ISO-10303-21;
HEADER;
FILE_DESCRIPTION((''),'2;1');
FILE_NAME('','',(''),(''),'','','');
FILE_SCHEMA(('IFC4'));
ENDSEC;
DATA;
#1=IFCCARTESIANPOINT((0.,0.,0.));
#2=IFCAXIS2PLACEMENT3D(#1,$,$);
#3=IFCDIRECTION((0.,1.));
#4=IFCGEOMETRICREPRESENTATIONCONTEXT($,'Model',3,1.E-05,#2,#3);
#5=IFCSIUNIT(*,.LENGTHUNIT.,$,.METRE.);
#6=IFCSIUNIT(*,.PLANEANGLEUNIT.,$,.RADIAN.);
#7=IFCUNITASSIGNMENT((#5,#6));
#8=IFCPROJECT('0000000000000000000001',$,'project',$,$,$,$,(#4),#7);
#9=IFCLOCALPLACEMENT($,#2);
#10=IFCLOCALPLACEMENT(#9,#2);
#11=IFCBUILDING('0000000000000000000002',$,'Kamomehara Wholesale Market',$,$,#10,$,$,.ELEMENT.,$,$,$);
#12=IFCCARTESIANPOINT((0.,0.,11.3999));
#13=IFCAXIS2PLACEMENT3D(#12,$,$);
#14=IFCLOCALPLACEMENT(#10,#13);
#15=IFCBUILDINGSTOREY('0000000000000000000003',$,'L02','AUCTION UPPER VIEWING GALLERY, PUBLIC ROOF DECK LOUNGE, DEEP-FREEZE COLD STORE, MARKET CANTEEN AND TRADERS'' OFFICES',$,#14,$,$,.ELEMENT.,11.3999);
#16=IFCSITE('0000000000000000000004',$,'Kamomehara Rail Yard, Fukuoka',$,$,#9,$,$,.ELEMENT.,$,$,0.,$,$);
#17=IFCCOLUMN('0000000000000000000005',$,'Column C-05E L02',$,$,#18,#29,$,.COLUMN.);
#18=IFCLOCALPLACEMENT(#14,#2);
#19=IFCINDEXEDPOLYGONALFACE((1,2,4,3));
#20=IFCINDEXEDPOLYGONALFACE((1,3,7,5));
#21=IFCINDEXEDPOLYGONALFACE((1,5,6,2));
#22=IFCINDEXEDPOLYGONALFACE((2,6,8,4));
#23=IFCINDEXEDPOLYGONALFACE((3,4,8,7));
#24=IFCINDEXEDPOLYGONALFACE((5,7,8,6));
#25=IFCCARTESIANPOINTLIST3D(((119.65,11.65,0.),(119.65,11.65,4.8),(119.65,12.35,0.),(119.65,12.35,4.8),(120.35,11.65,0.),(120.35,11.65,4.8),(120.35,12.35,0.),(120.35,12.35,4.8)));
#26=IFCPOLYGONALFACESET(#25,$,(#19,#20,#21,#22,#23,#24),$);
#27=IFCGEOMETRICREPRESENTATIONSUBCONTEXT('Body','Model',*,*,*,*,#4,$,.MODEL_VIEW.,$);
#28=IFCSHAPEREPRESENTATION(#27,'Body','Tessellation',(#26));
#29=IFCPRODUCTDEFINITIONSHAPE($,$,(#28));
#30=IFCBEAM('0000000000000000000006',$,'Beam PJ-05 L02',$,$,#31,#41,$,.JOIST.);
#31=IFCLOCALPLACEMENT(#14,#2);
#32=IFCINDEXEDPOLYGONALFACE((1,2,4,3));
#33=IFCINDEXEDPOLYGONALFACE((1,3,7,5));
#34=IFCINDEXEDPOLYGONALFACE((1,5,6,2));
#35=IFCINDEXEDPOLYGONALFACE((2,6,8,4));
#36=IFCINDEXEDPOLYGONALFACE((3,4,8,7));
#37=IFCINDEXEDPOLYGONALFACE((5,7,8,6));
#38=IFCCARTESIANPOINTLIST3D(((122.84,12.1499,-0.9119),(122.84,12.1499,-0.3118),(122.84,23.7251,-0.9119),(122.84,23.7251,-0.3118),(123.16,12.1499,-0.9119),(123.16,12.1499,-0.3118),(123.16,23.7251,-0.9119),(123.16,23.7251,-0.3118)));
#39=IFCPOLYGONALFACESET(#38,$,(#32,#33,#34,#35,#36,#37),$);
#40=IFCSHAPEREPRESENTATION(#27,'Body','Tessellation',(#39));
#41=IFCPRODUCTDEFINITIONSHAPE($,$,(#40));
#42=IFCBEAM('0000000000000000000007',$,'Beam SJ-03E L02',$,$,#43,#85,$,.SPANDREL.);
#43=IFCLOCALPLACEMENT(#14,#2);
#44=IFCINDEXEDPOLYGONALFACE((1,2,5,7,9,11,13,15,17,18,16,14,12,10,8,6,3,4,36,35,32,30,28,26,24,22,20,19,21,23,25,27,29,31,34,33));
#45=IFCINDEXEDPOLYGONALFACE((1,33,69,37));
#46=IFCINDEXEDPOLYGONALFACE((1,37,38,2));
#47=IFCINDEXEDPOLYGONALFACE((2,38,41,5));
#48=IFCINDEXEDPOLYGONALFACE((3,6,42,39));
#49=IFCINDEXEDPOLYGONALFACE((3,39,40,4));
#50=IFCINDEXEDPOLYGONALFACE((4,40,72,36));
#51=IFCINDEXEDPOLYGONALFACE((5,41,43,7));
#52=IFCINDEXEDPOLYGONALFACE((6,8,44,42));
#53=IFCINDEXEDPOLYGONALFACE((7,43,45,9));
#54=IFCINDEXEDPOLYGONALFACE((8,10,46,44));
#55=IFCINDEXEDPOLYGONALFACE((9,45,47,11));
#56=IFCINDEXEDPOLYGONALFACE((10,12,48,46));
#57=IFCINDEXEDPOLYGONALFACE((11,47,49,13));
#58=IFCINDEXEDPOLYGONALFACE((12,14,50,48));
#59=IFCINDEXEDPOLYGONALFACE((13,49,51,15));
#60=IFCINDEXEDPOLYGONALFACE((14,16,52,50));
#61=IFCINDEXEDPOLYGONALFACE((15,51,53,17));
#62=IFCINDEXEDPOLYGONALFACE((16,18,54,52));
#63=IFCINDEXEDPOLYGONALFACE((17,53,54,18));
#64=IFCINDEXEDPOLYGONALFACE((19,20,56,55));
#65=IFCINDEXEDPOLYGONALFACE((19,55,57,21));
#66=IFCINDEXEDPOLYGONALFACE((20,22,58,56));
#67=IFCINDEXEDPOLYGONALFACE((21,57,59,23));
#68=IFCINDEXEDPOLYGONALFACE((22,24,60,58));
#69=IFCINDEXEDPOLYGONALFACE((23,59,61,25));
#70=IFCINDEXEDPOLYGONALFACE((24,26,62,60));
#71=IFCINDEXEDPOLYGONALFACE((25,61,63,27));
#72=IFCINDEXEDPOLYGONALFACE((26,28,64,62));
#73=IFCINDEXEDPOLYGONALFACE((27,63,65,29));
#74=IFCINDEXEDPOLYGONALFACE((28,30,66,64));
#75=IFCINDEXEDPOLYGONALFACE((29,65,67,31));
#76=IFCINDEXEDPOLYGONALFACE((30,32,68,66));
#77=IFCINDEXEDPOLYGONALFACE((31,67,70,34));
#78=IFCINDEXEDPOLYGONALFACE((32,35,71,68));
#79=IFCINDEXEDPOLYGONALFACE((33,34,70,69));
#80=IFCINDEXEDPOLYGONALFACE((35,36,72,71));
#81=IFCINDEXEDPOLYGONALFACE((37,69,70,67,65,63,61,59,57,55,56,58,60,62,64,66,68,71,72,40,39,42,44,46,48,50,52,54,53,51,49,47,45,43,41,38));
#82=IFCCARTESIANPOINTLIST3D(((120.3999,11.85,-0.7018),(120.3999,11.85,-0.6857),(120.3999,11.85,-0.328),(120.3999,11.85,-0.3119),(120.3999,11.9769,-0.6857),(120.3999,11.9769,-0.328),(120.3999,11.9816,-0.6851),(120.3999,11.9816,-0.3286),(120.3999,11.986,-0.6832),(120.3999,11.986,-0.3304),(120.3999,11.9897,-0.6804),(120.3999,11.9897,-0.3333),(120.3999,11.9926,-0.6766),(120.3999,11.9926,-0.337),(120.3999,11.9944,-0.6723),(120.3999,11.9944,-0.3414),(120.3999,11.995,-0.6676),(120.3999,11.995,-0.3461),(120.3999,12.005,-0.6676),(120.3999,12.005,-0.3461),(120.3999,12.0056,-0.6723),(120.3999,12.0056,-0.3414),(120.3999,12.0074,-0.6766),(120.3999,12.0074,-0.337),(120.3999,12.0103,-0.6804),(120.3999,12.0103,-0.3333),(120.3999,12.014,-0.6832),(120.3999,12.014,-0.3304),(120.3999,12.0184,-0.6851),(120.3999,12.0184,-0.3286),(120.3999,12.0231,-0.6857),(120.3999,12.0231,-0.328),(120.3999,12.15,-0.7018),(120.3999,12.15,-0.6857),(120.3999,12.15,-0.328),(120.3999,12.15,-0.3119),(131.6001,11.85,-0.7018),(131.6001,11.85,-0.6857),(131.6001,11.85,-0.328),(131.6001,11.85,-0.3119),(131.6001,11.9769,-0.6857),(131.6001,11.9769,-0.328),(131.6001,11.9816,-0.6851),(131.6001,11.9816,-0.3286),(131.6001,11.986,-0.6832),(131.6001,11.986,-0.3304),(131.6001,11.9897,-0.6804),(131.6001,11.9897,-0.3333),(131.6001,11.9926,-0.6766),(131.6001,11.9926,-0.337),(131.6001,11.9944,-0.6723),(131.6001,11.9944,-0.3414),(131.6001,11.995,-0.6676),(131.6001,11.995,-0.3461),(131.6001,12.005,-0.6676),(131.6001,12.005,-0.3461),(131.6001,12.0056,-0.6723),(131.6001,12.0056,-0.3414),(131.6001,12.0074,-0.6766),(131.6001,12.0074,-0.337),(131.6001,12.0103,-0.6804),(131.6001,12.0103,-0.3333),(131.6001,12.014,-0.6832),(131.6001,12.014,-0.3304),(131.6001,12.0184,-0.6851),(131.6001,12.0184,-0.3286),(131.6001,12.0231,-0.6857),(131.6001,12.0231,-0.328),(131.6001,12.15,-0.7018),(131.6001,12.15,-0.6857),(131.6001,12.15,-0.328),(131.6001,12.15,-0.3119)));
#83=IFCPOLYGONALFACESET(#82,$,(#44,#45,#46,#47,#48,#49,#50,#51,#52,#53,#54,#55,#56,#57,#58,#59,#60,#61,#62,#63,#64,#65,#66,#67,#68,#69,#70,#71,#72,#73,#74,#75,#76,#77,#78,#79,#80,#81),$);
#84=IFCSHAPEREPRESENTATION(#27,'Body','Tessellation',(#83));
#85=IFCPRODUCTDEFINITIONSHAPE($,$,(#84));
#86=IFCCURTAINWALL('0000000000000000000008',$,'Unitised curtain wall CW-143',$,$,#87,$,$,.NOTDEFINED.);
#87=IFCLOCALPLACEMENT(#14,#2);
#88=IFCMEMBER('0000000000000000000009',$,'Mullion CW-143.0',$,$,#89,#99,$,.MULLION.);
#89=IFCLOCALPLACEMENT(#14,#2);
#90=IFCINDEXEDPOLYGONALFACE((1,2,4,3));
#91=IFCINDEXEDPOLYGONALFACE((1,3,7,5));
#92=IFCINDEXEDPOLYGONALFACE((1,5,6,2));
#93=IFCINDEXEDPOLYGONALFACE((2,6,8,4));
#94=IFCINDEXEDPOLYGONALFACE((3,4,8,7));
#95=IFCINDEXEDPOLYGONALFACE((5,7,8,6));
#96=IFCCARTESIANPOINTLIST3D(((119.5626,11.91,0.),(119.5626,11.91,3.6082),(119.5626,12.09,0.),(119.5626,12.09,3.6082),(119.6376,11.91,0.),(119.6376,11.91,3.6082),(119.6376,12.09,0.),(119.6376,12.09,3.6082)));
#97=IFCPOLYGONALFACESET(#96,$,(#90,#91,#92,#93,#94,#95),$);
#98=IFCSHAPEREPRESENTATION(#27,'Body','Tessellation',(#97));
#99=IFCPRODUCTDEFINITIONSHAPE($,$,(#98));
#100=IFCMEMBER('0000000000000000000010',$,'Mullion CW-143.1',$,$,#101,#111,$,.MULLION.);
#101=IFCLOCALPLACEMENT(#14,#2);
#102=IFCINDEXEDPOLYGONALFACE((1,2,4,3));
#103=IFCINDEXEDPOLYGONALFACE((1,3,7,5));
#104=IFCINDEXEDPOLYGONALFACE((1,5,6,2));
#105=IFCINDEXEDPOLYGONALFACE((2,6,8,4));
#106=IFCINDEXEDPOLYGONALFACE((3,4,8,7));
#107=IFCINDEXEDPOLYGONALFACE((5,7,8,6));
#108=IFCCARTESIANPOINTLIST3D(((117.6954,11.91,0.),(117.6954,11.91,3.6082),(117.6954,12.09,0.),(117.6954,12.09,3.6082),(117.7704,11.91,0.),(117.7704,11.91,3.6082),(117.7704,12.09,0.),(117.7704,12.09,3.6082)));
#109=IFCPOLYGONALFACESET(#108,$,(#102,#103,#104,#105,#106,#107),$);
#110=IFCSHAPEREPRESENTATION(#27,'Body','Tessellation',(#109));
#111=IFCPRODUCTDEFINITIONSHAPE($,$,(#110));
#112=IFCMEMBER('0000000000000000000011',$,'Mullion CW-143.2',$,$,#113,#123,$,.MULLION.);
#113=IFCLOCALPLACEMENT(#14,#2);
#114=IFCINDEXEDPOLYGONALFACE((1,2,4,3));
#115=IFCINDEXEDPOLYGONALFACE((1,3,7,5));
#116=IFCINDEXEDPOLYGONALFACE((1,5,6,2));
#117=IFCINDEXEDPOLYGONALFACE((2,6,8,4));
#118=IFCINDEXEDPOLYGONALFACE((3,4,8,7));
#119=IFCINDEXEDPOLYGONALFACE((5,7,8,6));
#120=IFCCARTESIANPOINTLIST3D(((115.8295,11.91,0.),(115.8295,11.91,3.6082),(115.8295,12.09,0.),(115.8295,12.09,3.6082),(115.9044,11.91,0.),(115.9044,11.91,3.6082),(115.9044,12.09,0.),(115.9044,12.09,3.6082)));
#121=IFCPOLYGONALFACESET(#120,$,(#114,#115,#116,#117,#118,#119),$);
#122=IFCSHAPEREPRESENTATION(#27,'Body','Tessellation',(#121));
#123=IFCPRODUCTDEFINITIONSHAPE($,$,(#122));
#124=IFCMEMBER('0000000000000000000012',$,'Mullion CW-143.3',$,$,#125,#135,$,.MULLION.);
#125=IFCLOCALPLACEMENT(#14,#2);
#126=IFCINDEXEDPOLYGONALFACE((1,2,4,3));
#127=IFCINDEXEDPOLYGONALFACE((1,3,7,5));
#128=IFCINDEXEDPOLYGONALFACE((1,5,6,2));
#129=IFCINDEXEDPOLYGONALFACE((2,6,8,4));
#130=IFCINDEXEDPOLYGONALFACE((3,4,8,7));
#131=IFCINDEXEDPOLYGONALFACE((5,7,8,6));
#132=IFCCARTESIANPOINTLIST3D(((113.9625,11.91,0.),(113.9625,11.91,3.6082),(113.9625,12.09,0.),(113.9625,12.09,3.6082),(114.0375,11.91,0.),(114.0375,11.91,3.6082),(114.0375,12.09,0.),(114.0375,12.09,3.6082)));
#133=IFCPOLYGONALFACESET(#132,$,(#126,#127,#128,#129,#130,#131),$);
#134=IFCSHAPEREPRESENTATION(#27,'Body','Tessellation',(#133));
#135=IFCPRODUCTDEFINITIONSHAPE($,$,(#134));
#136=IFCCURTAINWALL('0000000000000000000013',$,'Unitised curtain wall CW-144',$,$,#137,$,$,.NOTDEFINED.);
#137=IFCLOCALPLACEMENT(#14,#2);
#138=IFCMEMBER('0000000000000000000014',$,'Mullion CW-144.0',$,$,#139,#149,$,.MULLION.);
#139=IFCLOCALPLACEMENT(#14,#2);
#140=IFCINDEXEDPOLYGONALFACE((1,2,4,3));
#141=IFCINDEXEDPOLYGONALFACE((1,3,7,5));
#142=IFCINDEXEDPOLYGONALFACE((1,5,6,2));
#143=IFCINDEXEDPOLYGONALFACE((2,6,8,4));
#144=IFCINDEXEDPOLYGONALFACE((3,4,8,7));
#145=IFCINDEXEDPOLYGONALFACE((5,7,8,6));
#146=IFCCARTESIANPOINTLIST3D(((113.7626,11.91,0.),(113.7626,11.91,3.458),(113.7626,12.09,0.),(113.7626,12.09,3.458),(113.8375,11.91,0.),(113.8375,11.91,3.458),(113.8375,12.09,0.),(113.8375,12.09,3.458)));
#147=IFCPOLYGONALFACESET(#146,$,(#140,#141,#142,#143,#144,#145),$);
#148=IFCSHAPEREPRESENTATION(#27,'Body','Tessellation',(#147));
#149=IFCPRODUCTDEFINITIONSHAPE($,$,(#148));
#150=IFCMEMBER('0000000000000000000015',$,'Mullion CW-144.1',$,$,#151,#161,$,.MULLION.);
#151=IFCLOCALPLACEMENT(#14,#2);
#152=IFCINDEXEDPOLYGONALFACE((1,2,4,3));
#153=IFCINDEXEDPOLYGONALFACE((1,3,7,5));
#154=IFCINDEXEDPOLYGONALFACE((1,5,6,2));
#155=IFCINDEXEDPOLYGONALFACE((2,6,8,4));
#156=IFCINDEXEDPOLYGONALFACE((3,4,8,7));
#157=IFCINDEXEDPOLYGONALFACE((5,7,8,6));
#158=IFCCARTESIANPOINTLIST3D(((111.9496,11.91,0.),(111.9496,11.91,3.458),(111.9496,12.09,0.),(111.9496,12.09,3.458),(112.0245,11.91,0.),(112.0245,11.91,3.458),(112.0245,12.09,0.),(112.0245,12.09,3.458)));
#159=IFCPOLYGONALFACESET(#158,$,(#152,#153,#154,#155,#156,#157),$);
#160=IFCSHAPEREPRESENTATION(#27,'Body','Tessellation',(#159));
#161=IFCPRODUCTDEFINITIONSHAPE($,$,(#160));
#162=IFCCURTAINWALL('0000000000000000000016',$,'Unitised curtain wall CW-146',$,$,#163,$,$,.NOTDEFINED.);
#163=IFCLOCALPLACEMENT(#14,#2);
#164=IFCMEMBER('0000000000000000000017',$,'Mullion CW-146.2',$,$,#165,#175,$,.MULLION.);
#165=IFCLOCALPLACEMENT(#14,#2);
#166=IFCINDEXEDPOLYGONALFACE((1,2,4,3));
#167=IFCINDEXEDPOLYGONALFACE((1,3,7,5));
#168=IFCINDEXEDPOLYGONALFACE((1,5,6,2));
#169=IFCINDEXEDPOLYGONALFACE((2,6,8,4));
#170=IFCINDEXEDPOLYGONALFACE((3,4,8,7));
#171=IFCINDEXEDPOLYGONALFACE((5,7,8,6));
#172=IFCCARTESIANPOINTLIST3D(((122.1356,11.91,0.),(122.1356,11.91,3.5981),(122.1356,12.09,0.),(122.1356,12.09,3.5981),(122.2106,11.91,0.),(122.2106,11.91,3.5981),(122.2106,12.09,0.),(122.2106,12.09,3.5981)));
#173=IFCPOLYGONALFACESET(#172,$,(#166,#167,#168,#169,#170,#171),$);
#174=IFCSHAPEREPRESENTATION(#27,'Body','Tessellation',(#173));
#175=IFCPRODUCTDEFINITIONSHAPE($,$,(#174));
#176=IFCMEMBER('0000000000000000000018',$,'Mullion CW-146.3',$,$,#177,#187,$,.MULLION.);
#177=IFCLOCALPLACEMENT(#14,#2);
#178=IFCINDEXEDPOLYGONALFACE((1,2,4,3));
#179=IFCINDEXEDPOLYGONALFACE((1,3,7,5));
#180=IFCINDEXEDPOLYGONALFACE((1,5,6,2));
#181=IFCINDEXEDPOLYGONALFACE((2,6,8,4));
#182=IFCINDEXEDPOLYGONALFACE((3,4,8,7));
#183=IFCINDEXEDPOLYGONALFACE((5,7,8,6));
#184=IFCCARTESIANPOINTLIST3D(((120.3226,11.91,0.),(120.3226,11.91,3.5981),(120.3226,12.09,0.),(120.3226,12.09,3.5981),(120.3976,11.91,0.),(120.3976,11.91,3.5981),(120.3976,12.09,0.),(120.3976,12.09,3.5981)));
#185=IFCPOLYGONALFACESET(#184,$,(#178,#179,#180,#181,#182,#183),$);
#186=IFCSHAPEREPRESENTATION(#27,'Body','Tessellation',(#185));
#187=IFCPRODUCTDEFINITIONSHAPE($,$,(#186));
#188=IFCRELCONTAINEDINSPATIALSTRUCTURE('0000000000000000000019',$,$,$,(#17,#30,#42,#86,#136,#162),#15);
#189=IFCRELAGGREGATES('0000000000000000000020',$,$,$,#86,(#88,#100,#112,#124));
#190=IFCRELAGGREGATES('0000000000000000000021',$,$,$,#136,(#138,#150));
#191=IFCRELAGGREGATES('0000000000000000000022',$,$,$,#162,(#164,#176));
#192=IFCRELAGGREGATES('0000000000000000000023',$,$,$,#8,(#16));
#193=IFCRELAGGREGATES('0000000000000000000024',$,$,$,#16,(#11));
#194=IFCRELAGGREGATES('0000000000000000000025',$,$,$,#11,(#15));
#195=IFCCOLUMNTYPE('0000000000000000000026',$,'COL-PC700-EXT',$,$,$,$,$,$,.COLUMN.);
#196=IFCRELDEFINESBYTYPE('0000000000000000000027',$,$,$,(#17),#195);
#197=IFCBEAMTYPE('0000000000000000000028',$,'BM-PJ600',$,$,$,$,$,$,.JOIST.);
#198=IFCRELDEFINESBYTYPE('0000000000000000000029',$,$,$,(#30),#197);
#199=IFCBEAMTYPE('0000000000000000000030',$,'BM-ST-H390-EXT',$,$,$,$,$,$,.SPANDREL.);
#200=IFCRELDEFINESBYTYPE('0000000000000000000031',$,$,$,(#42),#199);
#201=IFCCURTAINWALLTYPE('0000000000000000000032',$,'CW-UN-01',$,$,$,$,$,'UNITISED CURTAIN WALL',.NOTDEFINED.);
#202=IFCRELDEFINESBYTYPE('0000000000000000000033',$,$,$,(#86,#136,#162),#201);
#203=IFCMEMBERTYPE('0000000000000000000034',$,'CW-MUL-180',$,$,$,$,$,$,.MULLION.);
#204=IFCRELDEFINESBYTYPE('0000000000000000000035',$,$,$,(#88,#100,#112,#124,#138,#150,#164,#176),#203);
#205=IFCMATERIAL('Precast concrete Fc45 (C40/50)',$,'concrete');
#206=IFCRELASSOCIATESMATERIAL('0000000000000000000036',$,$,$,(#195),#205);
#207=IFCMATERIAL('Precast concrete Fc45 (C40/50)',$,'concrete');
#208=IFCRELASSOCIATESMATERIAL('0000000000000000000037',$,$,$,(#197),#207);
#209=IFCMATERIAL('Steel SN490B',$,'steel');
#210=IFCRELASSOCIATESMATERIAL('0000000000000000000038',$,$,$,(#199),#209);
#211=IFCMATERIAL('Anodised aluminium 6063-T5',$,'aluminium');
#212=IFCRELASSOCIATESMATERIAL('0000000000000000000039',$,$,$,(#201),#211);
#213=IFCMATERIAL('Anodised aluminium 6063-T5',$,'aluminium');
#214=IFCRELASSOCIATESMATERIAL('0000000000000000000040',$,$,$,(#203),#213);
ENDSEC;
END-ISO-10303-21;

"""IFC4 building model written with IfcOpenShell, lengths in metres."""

from ifc_helpers import new_model, si_unit, direction, frame, origin, origin_2d, place, context, subcontext, project, spatial, rectangle, i_section, extrude, material, material_profile, profile_set, type_object, element, aggregate, save


model = new_model("IFC4")

# Units and contexts
model_context = context("Model", 3, precision=1e-05, world=origin(), true_north=direction((0.0, 1.0)))
body_context = subcontext(model_context, "Body", "Model", "MODEL_VIEW")
ifc_project = project(units=[si_unit("LENGTHUNIT", "METRE"), si_unit("PLANEANGLEUNIT", "RADIAN")], contexts=[model_context])

# Site, building, storey
site_placement = place(None, origin())
site = spatial("IfcSite", under=ifc_project, at=site_placement, Name="Kamomehara Rail Yard, Fukuoka", CompositionType="ELEMENT", RefElevation=0.0)
building_placement = place(site_placement, origin())
building = spatial("IfcBuilding", under=site, at=building_placement, Name="Kamomehara Wholesale Market", CompositionType="ELEMENT")
storey_placement = place(building_placement, frame((0.0, 0.0, 11.3999)))
storey = spatial("IfcBuildingStorey", under=building, at=storey_placement, Name="L02", Description="AUCTION UPPER VIEWING GALLERY, PUBLIC ROOF DECK LOUNGE, DEEP-FREEZE COLD STORE, MARKET CANTEEN AND TRADERS' OFFICES", CompositionType="ELEMENT", Elevation=11.3999)

# Column
ifc_material_1 = material(Name="Precast concrete Fc45 (C40/50)", Category="concrete")
ifc_material_profile_1 = material_profile(ifc_material_1, rectangle(XDim=0.7, YDim=0.7, at=origin_2d()), Name="PC-COL-700x700")
ifc_profile_set_1 = profile_set([ifc_material_profile_1], Name="Precast concrete Fc45 (C40/50)")
column_type = type_object("IfcColumnType", Name="COL-PC700-EXT", PredefinedType="COLUMN", material=ifc_profile_set_1)
column_placement = place(storey_placement, frame((120.0, 12.0, 0.0), z_axis=(0.0, 0.0, 1.0), x_axis=(1.0, 0.0, 0.0)))
element("IfcColumn", 1, at=column_placement, inside=storey, type_object=column_type, Name="Column C-05E L02", PredefinedType="COLUMN", context=body_context, shape_type="SweptSolid", body=[
    extrude(rectangle(XDim=0.7, YDim=0.7, at=origin_2d()), origin(), (0.0, 0.0, 1.0), 4.8),
])

# Beams
ifc_material_2 = material(Name="Precast concrete Fc45 (C40/50)", Category="concrete")
ifc_material_profile_2 = material_profile(ifc_material_2, rectangle(XDim=0.3201, YDim=0.6001, at=origin_2d()), Name="PC-JST-320x600")
ifc_profile_set_2 = profile_set([ifc_material_profile_2], Name="Precast concrete Fc45 (C40/50)")
beam_type_1 = type_object("IfcBeamType", Name="BM-PJ600", PredefinedType="JOIST", material=ifc_profile_set_2)
beam_1_placement = place(storey_placement, frame((123.0, 12.1499, -0.6118), z_axis=(0.0, 1.0, 0.0), x_axis=(-1.0, 0.0, 0.0)))
element("IfcBeam", 2, at=beam_1_placement, inside=storey, type_object=beam_type_1, Name="Beam PJ-05 L02", PredefinedType="JOIST", context=body_context, shape_type="SweptSolid", body=[
    extrude(rectangle(XDim=0.3201, YDim=0.6001, at=origin_2d()), origin(), (0.0, 0.0, 1.0), 11.5752),
])
ifc_material_3 = material(Name="Steel SN490B", Category="steel")
ifc_material_profile_3 = material_profile(ifc_material_3, i_section(OverallWidth=0.3, OverallDepth=0.3899, WebThickness=0.01, FlangeThickness=0.0161, FilletRadius=0.0181, at=origin_2d()), Name="H-390x300x10x16")
ifc_profile_set_3 = profile_set([ifc_material_profile_3], Name="Steel SN490B")
beam_type_2 = type_object("IfcBeamType", Name="BM-ST-H390-EXT", PredefinedType="SPANDREL", material=ifc_profile_set_3)
beam_2_placement = place(storey_placement, frame((120.3999, 12.0, -0.5068), z_axis=(1.0, 0.0, 0.0), x_axis=(0.0, 1.0, 0.0)))
element("IfcBeam", 3, at=beam_2_placement, inside=storey, type_object=beam_type_2, Name="Beam SJ-03E L02", PredefinedType="SPANDREL", context=body_context, shape_type="SweptSolid", body=[
    extrude(i_section(OverallWidth=0.3, OverallDepth=0.3899, WebThickness=0.01, FlangeThickness=0.0161, FilletRadius=0.0181, at=origin_2d()), origin(), (0.0, 0.0, 1.0), 11.2002),
])

# Curtain walls, members
ifc_material_4 = material(Name="Anodised aluminium 6063-T5", Category="aluminium")
curtain_wall_type = type_object("IfcCurtainWallType", Name="CW-UN-01", ElementType="UNITISED CURTAIN WALL", PredefinedType="NOTDEFINED", material=ifc_material_4)
curtain_wall_1_placement = place(storey_placement, origin())
curtain_wall_1 = element("IfcCurtainWall", 4, at=curtain_wall_1_placement, inside=storey, type_object=curtain_wall_type, Name="Unitised curtain wall CW-143", PredefinedType="NOTDEFINED")
ifc_material_5 = material(Name="Anodised aluminium 6063-T5", Category="aluminium")
ifc_material_profile_4 = material_profile(ifc_material_5, rectangle(XDim=0.075, YDim=0.1799, at=origin_2d()), Name="ALU-MUL-75x180")
ifc_profile_set_4 = profile_set([ifc_material_profile_4], Name="Anodised aluminium 6063-T5")
member_type_1 = type_object("IfcMemberType", Name="CW-MUL-180", PredefinedType="MULLION", material=ifc_profile_set_4)
member_1_placement = place(storey_placement, frame((119.6001, 12.0, 0.0), z_axis=(0.0, 0.0, 1.0), x_axis=(-1.0, 0.0, 0.0)))
member_1 = element("IfcMember", 5, at=member_1_placement, type_object=member_type_1, Name="Mullion CW-143.0", PredefinedType="MULLION", context=body_context, shape_type="SweptSolid", body=[
    extrude(rectangle(XDim=0.075, YDim=0.1799, at=origin_2d()), origin(), (0.0, 0.0, 1.0), 3.6082),
])
member_2_placement = place(storey_placement, frame((117.7329, 12.0, 0.0), z_axis=(0.0, 0.0, 1.0), x_axis=(-1.0, 0.0, 0.0)))
member_2 = element("IfcMember", 6, at=member_2_placement, type_object=member_type_1, Name="Mullion CW-143.1", PredefinedType="MULLION", context=body_context, shape_type="SweptSolid", body=[
    extrude(rectangle(XDim=0.075, YDim=0.1799, at=origin_2d()), origin(), (0.0, 0.0, 1.0), 3.6082),
])
member_3_placement = place(storey_placement, frame((115.8669, 12.0, 0.0), z_axis=(0.0, 0.0, 1.0), x_axis=(-1.0, 0.0, 0.0)))
member_3 = element("IfcMember", 7, at=member_3_placement, type_object=member_type_1, Name="Mullion CW-143.2", PredefinedType="MULLION", context=body_context, shape_type="SweptSolid", body=[
    extrude(rectangle(XDim=0.075, YDim=0.1799, at=origin_2d()), origin(), (0.0, 0.0, 1.0), 3.6082),
])
member_4_placement = place(storey_placement, frame((114.0, 12.0, 0.0), z_axis=(0.0, 0.0, 1.0), x_axis=(-1.0, 0.0, 0.0)))
member_4 = element("IfcMember", 8, at=member_4_placement, type_object=member_type_1, Name="Mullion CW-143.3", PredefinedType="MULLION", context=body_context, shape_type="SweptSolid", body=[
    extrude(rectangle(XDim=0.075, YDim=0.1799, at=origin_2d()), origin(), (0.0, 0.0, 1.0), 3.6082),
])
curtain_wall_2_placement = place(storey_placement, origin())
curtain_wall_2 = element("IfcCurtainWall", 9, at=curtain_wall_2_placement, inside=storey, type_object=curtain_wall_type, Name="Unitised curtain wall CW-144", PredefinedType="NOTDEFINED")
member_5_placement = place(storey_placement, frame((113.8, 12.0, 0.0), z_axis=(0.0, 0.0, 1.0), x_axis=(-1.0, 0.0, 0.0)))
member_5 = element("IfcMember", 10, at=member_5_placement, type_object=member_type_1, Name="Mullion CW-144.0", PredefinedType="MULLION", context=body_context, shape_type="SweptSolid", body=[
    extrude(rectangle(XDim=0.075, YDim=0.1799, at=origin_2d()), origin(), (0.0, 0.0, 1.0), 3.458),
])
member_6_placement = place(storey_placement, frame((111.9871, 12.0, 0.0), z_axis=(0.0, 0.0, 1.0), x_axis=(-1.0, 0.0, 0.0)))
member_6 = element("IfcMember", 11, at=member_6_placement, type_object=member_type_1, Name="Mullion CW-144.1", PredefinedType="MULLION", context=body_context, shape_type="SweptSolid", body=[
    extrude(rectangle(XDim=0.075, YDim=0.1799, at=origin_2d()), origin(), (0.0, 0.0, 1.0), 3.458),
])
curtain_wall_3_placement = place(storey_placement, origin())
curtain_wall_3 = element("IfcCurtainWall", 12, at=curtain_wall_3_placement, inside=storey, type_object=curtain_wall_type, Name="Unitised curtain wall CW-146", PredefinedType="NOTDEFINED")
member_7_placement = place(storey_placement, frame((122.1731, 12.0, 0.0), z_axis=(0.0, 0.0, 1.0), x_axis=(-1.0, 0.0, 0.0)))
member_7 = element("IfcMember", 13, at=member_7_placement, type_object=member_type_1, Name="Mullion CW-146.2", PredefinedType="MULLION", context=body_context, shape_type="SweptSolid", body=[
    extrude(rectangle(XDim=0.075, YDim=0.1799, at=origin_2d()), origin(), (0.0, 0.0, 1.0), 3.5981),
])
member_8_placement = place(storey_placement, frame((120.3601, 12.0, 0.0), z_axis=(0.0, 0.0, 1.0), x_axis=(-1.0, 0.0, 0.0)))
member_8 = element("IfcMember", 14, at=member_8_placement, type_object=member_type_1, Name="Mullion CW-146.3", PredefinedType="MULLION", context=body_context, shape_type="SweptSolid", body=[
    extrude(rectangle(XDim=0.075, YDim=0.1799, at=origin_2d()), origin(), (0.0, 0.0, 1.0), 3.5981),
])

aggregate(curtain_wall_1, [member_1, member_2, member_3, member_4])
aggregate(curtain_wall_2, [member_5, member_6])
aggregate(curtain_wall_3, [member_7, member_8])

save(model, "model.ifc")
